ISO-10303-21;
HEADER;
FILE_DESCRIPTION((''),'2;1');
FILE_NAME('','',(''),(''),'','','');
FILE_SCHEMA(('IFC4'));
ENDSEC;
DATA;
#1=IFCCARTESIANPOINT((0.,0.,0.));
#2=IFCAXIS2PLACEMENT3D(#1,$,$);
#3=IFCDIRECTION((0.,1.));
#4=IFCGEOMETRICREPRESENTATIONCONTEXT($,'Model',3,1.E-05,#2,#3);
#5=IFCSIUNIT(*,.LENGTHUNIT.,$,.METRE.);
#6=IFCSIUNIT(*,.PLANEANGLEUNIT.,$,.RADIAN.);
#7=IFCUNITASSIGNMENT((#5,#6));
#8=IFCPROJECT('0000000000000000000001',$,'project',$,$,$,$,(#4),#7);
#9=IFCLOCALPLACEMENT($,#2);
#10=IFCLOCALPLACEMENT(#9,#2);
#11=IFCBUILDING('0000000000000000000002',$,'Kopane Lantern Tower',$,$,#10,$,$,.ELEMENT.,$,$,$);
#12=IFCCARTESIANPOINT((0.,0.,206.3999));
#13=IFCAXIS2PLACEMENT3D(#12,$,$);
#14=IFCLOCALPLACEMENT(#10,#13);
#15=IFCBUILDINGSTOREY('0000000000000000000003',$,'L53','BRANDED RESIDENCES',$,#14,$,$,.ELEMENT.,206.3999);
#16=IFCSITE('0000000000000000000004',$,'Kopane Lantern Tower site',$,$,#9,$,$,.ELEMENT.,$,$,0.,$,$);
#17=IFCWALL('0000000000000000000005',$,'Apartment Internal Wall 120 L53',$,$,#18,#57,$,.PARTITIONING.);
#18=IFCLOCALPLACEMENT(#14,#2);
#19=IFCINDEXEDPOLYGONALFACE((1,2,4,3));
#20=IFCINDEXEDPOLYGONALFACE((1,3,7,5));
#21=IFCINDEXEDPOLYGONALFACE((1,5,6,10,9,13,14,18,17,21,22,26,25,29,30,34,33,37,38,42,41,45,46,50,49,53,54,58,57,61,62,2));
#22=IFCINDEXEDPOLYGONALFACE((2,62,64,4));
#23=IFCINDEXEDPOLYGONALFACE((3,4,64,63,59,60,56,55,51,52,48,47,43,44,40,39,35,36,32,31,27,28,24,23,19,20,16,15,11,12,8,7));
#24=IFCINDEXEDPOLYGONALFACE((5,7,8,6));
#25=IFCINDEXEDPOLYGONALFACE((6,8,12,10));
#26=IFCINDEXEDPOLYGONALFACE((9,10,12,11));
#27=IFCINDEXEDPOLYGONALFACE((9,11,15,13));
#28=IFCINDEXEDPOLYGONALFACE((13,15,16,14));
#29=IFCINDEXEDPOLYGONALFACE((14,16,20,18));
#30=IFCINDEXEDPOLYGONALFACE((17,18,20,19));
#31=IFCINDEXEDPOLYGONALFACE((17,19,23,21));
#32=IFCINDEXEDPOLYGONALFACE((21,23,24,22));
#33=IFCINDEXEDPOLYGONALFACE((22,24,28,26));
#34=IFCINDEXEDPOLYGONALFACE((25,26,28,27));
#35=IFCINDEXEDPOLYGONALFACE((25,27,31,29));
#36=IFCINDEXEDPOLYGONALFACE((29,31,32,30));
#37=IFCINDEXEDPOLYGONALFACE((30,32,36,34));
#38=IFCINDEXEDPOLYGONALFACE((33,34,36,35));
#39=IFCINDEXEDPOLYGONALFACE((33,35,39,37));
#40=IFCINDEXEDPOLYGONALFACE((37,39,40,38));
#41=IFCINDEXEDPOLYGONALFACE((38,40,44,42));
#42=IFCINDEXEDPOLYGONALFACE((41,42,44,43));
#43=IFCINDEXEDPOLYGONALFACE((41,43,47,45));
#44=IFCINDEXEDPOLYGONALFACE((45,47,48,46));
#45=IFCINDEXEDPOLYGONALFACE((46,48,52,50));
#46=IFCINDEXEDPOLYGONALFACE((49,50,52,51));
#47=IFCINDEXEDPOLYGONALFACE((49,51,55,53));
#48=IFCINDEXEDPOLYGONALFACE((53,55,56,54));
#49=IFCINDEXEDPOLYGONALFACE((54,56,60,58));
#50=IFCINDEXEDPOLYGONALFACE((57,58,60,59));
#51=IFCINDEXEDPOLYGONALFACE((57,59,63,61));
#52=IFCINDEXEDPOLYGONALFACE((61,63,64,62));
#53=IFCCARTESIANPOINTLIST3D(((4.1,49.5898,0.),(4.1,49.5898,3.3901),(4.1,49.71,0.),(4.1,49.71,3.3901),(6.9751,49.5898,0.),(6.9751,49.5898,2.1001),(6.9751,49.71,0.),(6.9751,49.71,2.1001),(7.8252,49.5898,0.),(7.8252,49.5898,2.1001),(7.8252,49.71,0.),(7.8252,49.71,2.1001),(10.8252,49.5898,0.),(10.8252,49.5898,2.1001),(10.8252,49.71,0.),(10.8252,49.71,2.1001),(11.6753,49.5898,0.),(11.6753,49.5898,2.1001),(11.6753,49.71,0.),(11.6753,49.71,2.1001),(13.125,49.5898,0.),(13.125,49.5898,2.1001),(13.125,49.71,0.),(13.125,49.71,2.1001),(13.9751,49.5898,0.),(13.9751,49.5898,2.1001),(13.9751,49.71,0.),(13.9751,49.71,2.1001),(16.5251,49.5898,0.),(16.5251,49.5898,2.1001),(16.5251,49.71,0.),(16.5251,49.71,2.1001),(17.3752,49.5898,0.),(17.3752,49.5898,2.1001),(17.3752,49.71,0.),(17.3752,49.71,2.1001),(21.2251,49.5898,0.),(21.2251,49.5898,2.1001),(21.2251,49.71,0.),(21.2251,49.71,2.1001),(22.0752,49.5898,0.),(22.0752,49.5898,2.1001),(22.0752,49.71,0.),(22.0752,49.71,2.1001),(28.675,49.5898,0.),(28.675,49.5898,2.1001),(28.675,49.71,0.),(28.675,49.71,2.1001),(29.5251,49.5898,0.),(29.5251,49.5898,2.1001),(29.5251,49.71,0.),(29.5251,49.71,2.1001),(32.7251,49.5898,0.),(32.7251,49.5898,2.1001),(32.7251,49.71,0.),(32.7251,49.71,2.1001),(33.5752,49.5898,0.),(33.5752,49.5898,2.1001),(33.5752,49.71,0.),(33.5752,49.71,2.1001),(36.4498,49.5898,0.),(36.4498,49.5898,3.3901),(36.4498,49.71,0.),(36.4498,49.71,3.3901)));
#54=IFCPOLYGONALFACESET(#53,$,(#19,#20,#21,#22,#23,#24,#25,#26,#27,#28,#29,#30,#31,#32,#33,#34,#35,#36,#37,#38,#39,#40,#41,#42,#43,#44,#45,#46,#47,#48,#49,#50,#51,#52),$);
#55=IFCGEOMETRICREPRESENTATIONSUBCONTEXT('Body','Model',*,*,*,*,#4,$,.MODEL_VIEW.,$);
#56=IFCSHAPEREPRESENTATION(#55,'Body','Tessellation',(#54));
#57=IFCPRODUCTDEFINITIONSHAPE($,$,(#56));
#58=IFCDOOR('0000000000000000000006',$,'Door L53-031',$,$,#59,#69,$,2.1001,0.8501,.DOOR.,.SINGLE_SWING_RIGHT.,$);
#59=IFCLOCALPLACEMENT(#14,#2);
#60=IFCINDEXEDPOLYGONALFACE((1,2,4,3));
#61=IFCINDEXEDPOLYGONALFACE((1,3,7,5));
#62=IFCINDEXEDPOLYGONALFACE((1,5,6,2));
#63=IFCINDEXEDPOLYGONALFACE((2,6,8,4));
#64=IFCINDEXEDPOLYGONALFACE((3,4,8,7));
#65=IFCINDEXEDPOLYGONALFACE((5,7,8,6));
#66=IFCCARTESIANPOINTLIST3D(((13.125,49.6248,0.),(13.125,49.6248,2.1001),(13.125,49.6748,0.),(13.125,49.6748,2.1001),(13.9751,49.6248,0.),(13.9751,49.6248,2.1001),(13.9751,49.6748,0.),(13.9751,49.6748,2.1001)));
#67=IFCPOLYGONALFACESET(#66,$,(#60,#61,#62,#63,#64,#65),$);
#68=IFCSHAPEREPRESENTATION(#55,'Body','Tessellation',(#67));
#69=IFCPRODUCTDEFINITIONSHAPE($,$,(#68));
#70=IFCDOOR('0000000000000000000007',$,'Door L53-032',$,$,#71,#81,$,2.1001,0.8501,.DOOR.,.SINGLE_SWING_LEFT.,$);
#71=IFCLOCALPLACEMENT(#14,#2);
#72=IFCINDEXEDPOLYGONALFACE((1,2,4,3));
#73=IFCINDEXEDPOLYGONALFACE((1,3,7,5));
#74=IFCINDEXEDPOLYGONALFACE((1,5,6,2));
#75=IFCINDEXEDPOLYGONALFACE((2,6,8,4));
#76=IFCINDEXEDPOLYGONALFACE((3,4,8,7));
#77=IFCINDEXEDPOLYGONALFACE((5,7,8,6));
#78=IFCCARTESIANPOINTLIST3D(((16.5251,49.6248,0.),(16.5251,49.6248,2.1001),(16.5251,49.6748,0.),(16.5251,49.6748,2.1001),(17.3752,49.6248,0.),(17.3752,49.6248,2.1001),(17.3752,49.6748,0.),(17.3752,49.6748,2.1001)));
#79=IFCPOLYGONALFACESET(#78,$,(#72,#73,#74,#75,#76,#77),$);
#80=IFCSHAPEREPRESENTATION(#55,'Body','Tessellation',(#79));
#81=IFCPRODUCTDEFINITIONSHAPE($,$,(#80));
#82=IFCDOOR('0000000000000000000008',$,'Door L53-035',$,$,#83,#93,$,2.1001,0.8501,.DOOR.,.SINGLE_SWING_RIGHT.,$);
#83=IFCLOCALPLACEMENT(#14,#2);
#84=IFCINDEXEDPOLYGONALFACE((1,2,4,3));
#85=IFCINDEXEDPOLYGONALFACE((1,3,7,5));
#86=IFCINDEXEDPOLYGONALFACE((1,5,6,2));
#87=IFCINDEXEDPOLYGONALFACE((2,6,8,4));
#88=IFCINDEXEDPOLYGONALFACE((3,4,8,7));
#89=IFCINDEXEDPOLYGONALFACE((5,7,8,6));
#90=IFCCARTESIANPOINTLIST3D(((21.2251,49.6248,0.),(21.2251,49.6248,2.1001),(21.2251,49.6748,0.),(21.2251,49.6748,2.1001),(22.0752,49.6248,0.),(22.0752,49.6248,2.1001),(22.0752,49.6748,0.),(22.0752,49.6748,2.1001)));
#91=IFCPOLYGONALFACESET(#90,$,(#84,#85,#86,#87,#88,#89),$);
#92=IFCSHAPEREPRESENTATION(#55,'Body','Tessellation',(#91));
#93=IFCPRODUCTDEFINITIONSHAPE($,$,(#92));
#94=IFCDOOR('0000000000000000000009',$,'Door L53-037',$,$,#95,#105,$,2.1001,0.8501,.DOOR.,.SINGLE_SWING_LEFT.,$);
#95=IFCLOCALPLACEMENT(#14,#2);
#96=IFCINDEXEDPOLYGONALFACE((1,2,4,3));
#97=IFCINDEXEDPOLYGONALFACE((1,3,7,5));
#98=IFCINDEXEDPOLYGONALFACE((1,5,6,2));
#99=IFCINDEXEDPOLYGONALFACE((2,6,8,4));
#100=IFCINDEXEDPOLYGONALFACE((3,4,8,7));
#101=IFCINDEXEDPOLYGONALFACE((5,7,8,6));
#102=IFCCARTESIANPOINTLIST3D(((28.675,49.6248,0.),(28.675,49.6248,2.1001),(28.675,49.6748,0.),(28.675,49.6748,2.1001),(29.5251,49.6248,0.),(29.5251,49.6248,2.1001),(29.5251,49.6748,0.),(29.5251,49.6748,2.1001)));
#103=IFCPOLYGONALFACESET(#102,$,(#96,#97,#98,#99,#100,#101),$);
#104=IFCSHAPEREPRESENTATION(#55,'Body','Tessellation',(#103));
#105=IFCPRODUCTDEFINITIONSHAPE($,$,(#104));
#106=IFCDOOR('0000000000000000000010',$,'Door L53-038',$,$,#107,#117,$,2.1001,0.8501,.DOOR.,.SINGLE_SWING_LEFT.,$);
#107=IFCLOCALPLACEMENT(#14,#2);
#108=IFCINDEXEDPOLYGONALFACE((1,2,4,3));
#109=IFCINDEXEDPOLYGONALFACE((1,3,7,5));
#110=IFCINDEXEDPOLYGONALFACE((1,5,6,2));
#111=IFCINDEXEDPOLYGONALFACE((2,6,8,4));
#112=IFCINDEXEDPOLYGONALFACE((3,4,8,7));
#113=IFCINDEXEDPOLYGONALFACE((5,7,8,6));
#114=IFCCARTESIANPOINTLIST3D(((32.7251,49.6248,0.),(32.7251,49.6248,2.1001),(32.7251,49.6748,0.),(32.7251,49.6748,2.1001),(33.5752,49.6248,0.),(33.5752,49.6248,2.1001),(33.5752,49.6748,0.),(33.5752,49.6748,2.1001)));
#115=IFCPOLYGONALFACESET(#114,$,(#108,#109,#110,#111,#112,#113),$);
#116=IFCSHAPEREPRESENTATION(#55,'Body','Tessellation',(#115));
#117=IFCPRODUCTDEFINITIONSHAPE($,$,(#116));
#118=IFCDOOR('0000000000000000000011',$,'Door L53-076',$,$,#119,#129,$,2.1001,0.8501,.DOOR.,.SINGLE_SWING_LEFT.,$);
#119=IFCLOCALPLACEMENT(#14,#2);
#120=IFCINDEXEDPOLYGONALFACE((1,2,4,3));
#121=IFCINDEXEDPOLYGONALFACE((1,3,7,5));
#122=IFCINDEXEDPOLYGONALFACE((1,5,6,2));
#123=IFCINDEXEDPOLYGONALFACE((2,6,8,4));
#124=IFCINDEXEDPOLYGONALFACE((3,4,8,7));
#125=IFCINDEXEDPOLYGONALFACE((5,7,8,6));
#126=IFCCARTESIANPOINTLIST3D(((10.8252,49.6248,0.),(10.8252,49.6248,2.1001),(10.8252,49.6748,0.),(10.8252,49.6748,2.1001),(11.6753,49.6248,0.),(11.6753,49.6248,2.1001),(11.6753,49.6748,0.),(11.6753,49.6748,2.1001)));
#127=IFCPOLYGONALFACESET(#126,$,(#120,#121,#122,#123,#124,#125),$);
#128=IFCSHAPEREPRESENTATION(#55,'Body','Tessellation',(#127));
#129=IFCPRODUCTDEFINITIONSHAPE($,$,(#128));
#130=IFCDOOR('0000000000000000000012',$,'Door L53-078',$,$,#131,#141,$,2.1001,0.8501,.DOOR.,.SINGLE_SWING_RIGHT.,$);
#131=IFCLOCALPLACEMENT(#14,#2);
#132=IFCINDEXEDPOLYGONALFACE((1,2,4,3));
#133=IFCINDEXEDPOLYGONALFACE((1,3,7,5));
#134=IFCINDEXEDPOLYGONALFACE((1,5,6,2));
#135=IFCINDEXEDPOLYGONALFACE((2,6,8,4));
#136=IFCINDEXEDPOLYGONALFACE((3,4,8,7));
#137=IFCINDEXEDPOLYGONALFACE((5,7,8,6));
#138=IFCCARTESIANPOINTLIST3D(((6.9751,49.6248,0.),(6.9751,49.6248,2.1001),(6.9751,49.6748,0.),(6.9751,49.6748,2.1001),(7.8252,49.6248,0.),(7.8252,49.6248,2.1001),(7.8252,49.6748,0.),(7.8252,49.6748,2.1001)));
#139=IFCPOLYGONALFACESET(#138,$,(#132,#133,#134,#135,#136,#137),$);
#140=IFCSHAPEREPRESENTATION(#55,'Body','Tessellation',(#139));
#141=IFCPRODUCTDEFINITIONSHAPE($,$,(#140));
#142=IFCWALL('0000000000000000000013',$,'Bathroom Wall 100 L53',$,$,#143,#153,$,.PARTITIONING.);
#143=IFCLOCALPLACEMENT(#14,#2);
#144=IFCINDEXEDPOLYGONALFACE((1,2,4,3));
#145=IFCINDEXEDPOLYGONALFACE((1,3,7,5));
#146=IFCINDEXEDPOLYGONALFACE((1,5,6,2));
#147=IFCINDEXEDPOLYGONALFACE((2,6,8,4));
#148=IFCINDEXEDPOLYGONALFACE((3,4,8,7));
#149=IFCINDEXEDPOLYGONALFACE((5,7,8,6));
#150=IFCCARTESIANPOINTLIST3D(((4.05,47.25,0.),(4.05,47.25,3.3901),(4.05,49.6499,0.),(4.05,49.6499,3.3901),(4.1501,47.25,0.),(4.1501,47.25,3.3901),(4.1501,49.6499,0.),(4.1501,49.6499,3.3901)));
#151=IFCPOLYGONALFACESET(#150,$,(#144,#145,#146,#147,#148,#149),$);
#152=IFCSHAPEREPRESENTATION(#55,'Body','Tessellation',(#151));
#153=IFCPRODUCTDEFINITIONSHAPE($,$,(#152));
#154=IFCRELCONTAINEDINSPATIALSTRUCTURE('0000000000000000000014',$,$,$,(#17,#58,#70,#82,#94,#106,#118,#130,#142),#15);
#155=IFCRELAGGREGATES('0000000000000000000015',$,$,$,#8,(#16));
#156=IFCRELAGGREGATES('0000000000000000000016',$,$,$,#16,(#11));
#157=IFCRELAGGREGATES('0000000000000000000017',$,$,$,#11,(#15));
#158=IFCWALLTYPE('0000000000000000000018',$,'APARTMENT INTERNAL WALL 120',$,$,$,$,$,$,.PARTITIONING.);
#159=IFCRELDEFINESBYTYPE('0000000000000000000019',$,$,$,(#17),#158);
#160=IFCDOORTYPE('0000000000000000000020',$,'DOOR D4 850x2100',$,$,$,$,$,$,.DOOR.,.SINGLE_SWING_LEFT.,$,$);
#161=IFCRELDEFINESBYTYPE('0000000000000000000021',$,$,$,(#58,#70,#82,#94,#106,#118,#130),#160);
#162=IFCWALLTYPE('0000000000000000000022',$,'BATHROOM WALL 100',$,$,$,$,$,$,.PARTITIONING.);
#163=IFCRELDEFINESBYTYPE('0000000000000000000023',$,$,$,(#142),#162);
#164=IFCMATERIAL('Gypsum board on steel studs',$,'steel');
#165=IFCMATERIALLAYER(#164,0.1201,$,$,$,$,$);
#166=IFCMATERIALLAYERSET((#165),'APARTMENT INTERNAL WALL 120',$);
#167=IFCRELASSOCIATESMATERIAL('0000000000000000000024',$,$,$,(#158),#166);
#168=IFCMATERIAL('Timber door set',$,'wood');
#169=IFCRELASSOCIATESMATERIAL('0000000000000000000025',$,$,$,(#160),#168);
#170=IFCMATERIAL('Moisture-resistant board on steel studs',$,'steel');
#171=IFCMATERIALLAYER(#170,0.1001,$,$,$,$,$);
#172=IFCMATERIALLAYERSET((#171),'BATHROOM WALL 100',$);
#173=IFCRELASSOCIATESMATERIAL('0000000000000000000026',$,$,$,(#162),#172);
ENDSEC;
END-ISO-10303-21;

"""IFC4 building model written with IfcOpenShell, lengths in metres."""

from ifc_helpers import new_model, si_unit, direction, frame, frame_2d, origin, place, context, subcontext, project, spatial, rectangle, extrude, material, layer, layer_set, type_object, element, fill, save


model = new_model("IFC4")

# Units and contexts
model_context = context("Model", 3, precision=1e-05, world=origin(), true_north=direction((0.0, 1.0)))
body_context = subcontext(model_context, "Body", "Model", "MODEL_VIEW")
ifc_project = project(units=[si_unit("LENGTHUNIT", "METRE"), si_unit("PLANEANGLEUNIT", "RADIAN")], contexts=[model_context])

# Site, building, storey
site_placement = place(None, origin())
site = spatial("IfcSite", under=ifc_project, at=site_placement, Name="Kopane Lantern Tower site", CompositionType="ELEMENT", RefElevation=0.0)
building_placement = place(site_placement, origin())
building = spatial("IfcBuilding", under=site, at=building_placement, Name="Kopane Lantern Tower", CompositionType="ELEMENT")
storey_placement = place(building_placement, frame((0.0, 0.0, 206.3999)))
storey = spatial("IfcBuildingStorey", under=building, at=storey_placement, Name="L53", Description="BRANDED RESIDENCES", CompositionType="ELEMENT", Elevation=206.3999)

# Wall, openings, doors
ifc_material_1 = material(Name="Gypsum board on steel studs", Category="steel")
ifc_layer_1 = layer(ifc_material_1, 0.1201)
ifc_layer_set_1 = layer_set([ifc_layer_1], Name="APARTMENT INTERNAL WALL 120")
wall_type_1 = type_object("IfcWallType", Name="APARTMENT INTERNAL WALL 120", PredefinedType="PARTITIONING", material=ifc_layer_set_1)
wall_1_placement = place(storey_placement, frame((4.1001, 49.6499, 0.0), z_axis=(0.0, 0.0, 1.0), x_axis=(1.0, 0.0, 0.0)))
wall_1 = element("IfcWall", 1, at=wall_1_placement, inside=storey, type_object=wall_type_1, Name="Apartment Internal Wall 120 L53", PredefinedType="PARTITIONING", context=body_context, shape_type="SweptSolid", body=[
    extrude(rectangle(XDim=32.3499, YDim=0.1201, at=frame_2d((16.1748, 0.0))), origin(), (0.0, 0.0, 1.0), 3.3901),
])
opening_1_placement = place(wall_1_placement, frame((9.0249, 0.0, 0.0)))
opening_1 = element("IfcOpeningElement", 2, at=opening_1_placement, cuts=wall_1, PredefinedType="OPENING", context=body_context, shape_type="SweptSolid", body=[
    extrude(rectangle(XDim=0.8501, YDim=2.1001, at=frame_2d((0.425, 1.05))), frame((0.0, 0.0701, 0.0), z_axis=(0.0, -1.0, 0.0), x_axis=(1.0, 0.0, 0.0)), (0.0, 0.0, 1.0), 0.1401),
])
opening_2_placement = place(wall_1_placement, frame((12.425, 0.0, 0.0)))
opening_2 = element("IfcOpeningElement", 3, at=opening_2_placement, cuts=wall_1, PredefinedType="OPENING", context=body_context, shape_type="SweptSolid", body=[
    extrude(rectangle(XDim=0.8501, YDim=2.1001, at=frame_2d((0.425, 1.05))), frame((0.0, 0.0701, 0.0), z_axis=(0.0, -1.0, 0.0), x_axis=(1.0, 0.0, 0.0)), (0.0, 0.0, 1.0), 0.1401),
])
opening_3_placement = place(wall_1_placement, frame((17.125, 0.0, 0.0)))
opening_3 = element("IfcOpeningElement", 4, at=opening_3_placement, cuts=wall_1, PredefinedType="OPENING", context=body_context, shape_type="SweptSolid", body=[
    extrude(rectangle(XDim=0.8501, YDim=2.1001, at=frame_2d((0.425, 1.05))), frame((0.0, 0.0701, 0.0), z_axis=(0.0, -1.0, 0.0), x_axis=(1.0, 0.0, 0.0)), (0.0, 0.0, 1.0), 0.1401),
])
opening_4_placement = place(wall_1_placement, frame((24.575, 0.0, 0.0)))
opening_4 = element("IfcOpeningElement", 5, at=opening_4_placement, cuts=wall_1, PredefinedType="OPENING", context=body_context, shape_type="SweptSolid", body=[
    extrude(rectangle(XDim=0.8501, YDim=2.1001, at=frame_2d((0.425, 1.05))), frame((0.0, 0.0701, 0.0), z_axis=(0.0, -1.0, 0.0), x_axis=(1.0, 0.0, 0.0)), (0.0, 0.0, 1.0), 0.1401),
])
opening_5_placement = place(wall_1_placement, frame((28.625, 0.0, 0.0)))
opening_5 = element("IfcOpeningElement", 6, at=opening_5_placement, cuts=wall_1, PredefinedType="OPENING", context=body_context, shape_type="SweptSolid", body=[
    extrude(rectangle(XDim=0.8501, YDim=2.1001, at=frame_2d((0.425, 1.05))), frame((0.0, 0.0701, 0.0), z_axis=(0.0, -1.0, 0.0), x_axis=(1.0, 0.0, 0.0)), (0.0, 0.0, 1.0), 0.1401),
])
opening_6_placement = place(wall_1_placement, frame((6.7251, 0.0, 0.0)))
opening_6 = element("IfcOpeningElement", 7, at=opening_6_placement, cuts=wall_1, PredefinedType="OPENING", context=body_context, shape_type="SweptSolid", body=[
    extrude(rectangle(XDim=0.8501, YDim=2.1001, at=frame_2d((0.425, 1.05))), frame((0.0, 0.0701, 0.0), z_axis=(0.0, -1.0, 0.0), x_axis=(1.0, 0.0, 0.0)), (0.0, 0.0, 1.0), 0.1401),
])
opening_7_placement = place(wall_1_placement, frame((2.875, 0.0, 0.0)))
opening_7 = element("IfcOpeningElement", 8, at=opening_7_placement, cuts=wall_1, PredefinedType="OPENING", context=body_context, shape_type="SweptSolid", body=[
    extrude(rectangle(XDim=0.8501, YDim=2.1001, at=frame_2d((0.425, 1.05))), frame((0.0, 0.0701, 0.0), z_axis=(0.0, -1.0, 0.0), x_axis=(1.0, 0.0, 0.0)), (0.0, 0.0, 1.0), 0.1401),
])
ifc_material_2 = material(Name="Timber door set", Category="wood")
door_type = type_object("IfcDoorType", Name="DOOR D4 850x2100", OperationType="SINGLE_SWING_LEFT", PredefinedType="DOOR", material=ifc_material_2)
door_1_placement = place(opening_1_placement, origin())
door_1 = element("IfcDoor", 9, at=door_1_placement, inside=storey, type_object=door_type, Name="Door L53-031", OperationType="SINGLE_SWING_RIGHT", OverallHeight=2.1001, OverallWidth=0.8501, PredefinedType="DOOR", context=body_context, shape_type="SweptSolid", body=[
    extrude(rectangle(XDim=0.8501, YDim=2.1001, at=frame_2d((0.425, 1.05))), frame((0.0, 0.0249, 0.0), z_axis=(0.0, -1.0, 0.0), x_axis=(1.0, 0.0, 0.0)), (0.0, 0.0, 1.0), 0.05),
])
fill(opening_1, door_1)
door_2_placement = place(opening_2_placement, origin())
door_2 = element("IfcDoor", 10, at=door_2_placement, inside=storey, type_object=door_type, Name="Door L53-032", OperationType="SINGLE_SWING_LEFT", OverallHeight=2.1001, OverallWidth=0.8501, PredefinedType="DOOR", context=body_context, shape_type="SweptSolid", body=[
    extrude(rectangle(XDim=0.8501, YDim=2.1001, at=frame_2d((0.425, 1.05))), frame((0.0, 0.0249, 0.0), z_axis=(0.0, -1.0, 0.0), x_axis=(1.0, 0.0, 0.0)), (0.0, 0.0, 1.0), 0.05),
])
fill(opening_2, door_2)
door_3_placement = place(opening_3_placement, origin())
door_3 = element("IfcDoor", 11, at=door_3_placement, inside=storey, type_object=door_type, Name="Door L53-035", OperationType="SINGLE_SWING_RIGHT", OverallHeight=2.1001, OverallWidth=0.8501, PredefinedType="DOOR", context=body_context, shape_type="SweptSolid", body=[
    extrude(rectangle(XDim=0.8501, YDim=2.1001, at=frame_2d((0.425, 1.05))), frame((0.0, 0.0249, 0.0), z_axis=(0.0, -1.0, 0.0), x_axis=(1.0, 0.0, 0.0)), (0.0, 0.0, 1.0), 0.05),
])
fill(opening_3, door_3)
door_4_placement = place(opening_4_placement, origin())
door_4 = element("IfcDoor", 12, at=door_4_placement, inside=storey, type_object=door_type, Name="Door L53-037", OperationType="SINGLE_SWING_LEFT", OverallHeight=2.1001, OverallWidth=0.8501, PredefinedType="DOOR", context=body_context, shape_type="SweptSolid", body=[
    extrude(rectangle(XDim=0.8501, YDim=2.1001, at=frame_2d((0.425, 1.05))), frame((0.0, 0.0249, 0.0), z_axis=(0.0, -1.0, 0.0), x_axis=(1.0, 0.0, 0.0)), (0.0, 0.0, 1.0), 0.05),
])
fill(opening_4, door_4)
door_5_placement = place(opening_5_placement, origin())
door_5 = element("IfcDoor", 13, at=door_5_placement, inside=storey, type_object=door_type, Name="Door L53-038", OperationType="SINGLE_SWING_LEFT", OverallHeight=2.1001, OverallWidth=0.8501, PredefinedType="DOOR", context=body_context, shape_type="SweptSolid", body=[
    extrude(rectangle(XDim=0.8501, YDim=2.1001, at=frame_2d((0.425, 1.05))), frame((0.0, 0.0249, 0.0), z_axis=(0.0, -1.0, 0.0), x_axis=(1.0, 0.0, 0.0)), (0.0, 0.0, 1.0), 0.05),
])
fill(opening_5, door_5)
door_6_placement = place(opening_6_placement, origin())
door_6 = element("IfcDoor", 14, at=door_6_placement, inside=storey, type_object=door_type, Name="Door L53-076", OperationType="SINGLE_SWING_LEFT", OverallHeight=2.1001, OverallWidth=0.8501, PredefinedType="DOOR", context=body_context, shape_type="SweptSolid", body=[
    extrude(rectangle(XDim=0.8501, YDim=2.1001, at=frame_2d((0.425, 1.05))), frame((0.0, 0.0249, 0.0), z_axis=(0.0, -1.0, 0.0), x_axis=(1.0, 0.0, 0.0)), (0.0, 0.0, 1.0), 0.05),
])
fill(opening_6, door_6)
door_7_placement = place(opening_7_placement, origin())
door_7 = element("IfcDoor", 15, at=door_7_placement, inside=storey, type_object=door_type, Name="Door L53-078", OperationType="SINGLE_SWING_RIGHT", OverallHeight=2.1001, OverallWidth=0.8501, PredefinedType="DOOR", context=body_context, shape_type="SweptSolid", body=[
    extrude(rectangle(XDim=0.8501, YDim=2.1001, at=frame_2d((0.425, 1.05))), frame((0.0, 0.0249, 0.0), z_axis=(0.0, -1.0, 0.0), x_axis=(1.0, 0.0, 0.0)), (0.0, 0.0, 1.0), 0.05),
])
fill(opening_7, door_7)

# Wall
ifc_material_3 = material(Name="Moisture-resistant board on steel studs", Category="steel")
ifc_layer_2 = layer(ifc_material_3, 0.1001)
ifc_layer_set_2 = layer_set([ifc_layer_2], Name="BATHROOM WALL 100")
wall_type_2 = type_object("IfcWallType", Name="BATHROOM WALL 100", PredefinedType="PARTITIONING", material=ifc_layer_set_2)
wall_2_placement = place(storey_placement, frame((4.1001, 47.25, 0.0), z_axis=(0.0, 0.0, 1.0), x_axis=(0.0, 1.0, 0.0)))
element("IfcWall", 16, at=wall_2_placement, inside=storey, type_object=wall_type_2, Name="Bathroom Wall 100 L53", PredefinedType="PARTITIONING", context=body_context, shape_type="SweptSolid", body=[
    extrude(rectangle(XDim=2.3999, YDim=0.1001, at=frame_2d((1.2, 0.0))), origin(), (0.0, 0.0, 1.0), 3.3901),
])

save(model, "model.ifc")
